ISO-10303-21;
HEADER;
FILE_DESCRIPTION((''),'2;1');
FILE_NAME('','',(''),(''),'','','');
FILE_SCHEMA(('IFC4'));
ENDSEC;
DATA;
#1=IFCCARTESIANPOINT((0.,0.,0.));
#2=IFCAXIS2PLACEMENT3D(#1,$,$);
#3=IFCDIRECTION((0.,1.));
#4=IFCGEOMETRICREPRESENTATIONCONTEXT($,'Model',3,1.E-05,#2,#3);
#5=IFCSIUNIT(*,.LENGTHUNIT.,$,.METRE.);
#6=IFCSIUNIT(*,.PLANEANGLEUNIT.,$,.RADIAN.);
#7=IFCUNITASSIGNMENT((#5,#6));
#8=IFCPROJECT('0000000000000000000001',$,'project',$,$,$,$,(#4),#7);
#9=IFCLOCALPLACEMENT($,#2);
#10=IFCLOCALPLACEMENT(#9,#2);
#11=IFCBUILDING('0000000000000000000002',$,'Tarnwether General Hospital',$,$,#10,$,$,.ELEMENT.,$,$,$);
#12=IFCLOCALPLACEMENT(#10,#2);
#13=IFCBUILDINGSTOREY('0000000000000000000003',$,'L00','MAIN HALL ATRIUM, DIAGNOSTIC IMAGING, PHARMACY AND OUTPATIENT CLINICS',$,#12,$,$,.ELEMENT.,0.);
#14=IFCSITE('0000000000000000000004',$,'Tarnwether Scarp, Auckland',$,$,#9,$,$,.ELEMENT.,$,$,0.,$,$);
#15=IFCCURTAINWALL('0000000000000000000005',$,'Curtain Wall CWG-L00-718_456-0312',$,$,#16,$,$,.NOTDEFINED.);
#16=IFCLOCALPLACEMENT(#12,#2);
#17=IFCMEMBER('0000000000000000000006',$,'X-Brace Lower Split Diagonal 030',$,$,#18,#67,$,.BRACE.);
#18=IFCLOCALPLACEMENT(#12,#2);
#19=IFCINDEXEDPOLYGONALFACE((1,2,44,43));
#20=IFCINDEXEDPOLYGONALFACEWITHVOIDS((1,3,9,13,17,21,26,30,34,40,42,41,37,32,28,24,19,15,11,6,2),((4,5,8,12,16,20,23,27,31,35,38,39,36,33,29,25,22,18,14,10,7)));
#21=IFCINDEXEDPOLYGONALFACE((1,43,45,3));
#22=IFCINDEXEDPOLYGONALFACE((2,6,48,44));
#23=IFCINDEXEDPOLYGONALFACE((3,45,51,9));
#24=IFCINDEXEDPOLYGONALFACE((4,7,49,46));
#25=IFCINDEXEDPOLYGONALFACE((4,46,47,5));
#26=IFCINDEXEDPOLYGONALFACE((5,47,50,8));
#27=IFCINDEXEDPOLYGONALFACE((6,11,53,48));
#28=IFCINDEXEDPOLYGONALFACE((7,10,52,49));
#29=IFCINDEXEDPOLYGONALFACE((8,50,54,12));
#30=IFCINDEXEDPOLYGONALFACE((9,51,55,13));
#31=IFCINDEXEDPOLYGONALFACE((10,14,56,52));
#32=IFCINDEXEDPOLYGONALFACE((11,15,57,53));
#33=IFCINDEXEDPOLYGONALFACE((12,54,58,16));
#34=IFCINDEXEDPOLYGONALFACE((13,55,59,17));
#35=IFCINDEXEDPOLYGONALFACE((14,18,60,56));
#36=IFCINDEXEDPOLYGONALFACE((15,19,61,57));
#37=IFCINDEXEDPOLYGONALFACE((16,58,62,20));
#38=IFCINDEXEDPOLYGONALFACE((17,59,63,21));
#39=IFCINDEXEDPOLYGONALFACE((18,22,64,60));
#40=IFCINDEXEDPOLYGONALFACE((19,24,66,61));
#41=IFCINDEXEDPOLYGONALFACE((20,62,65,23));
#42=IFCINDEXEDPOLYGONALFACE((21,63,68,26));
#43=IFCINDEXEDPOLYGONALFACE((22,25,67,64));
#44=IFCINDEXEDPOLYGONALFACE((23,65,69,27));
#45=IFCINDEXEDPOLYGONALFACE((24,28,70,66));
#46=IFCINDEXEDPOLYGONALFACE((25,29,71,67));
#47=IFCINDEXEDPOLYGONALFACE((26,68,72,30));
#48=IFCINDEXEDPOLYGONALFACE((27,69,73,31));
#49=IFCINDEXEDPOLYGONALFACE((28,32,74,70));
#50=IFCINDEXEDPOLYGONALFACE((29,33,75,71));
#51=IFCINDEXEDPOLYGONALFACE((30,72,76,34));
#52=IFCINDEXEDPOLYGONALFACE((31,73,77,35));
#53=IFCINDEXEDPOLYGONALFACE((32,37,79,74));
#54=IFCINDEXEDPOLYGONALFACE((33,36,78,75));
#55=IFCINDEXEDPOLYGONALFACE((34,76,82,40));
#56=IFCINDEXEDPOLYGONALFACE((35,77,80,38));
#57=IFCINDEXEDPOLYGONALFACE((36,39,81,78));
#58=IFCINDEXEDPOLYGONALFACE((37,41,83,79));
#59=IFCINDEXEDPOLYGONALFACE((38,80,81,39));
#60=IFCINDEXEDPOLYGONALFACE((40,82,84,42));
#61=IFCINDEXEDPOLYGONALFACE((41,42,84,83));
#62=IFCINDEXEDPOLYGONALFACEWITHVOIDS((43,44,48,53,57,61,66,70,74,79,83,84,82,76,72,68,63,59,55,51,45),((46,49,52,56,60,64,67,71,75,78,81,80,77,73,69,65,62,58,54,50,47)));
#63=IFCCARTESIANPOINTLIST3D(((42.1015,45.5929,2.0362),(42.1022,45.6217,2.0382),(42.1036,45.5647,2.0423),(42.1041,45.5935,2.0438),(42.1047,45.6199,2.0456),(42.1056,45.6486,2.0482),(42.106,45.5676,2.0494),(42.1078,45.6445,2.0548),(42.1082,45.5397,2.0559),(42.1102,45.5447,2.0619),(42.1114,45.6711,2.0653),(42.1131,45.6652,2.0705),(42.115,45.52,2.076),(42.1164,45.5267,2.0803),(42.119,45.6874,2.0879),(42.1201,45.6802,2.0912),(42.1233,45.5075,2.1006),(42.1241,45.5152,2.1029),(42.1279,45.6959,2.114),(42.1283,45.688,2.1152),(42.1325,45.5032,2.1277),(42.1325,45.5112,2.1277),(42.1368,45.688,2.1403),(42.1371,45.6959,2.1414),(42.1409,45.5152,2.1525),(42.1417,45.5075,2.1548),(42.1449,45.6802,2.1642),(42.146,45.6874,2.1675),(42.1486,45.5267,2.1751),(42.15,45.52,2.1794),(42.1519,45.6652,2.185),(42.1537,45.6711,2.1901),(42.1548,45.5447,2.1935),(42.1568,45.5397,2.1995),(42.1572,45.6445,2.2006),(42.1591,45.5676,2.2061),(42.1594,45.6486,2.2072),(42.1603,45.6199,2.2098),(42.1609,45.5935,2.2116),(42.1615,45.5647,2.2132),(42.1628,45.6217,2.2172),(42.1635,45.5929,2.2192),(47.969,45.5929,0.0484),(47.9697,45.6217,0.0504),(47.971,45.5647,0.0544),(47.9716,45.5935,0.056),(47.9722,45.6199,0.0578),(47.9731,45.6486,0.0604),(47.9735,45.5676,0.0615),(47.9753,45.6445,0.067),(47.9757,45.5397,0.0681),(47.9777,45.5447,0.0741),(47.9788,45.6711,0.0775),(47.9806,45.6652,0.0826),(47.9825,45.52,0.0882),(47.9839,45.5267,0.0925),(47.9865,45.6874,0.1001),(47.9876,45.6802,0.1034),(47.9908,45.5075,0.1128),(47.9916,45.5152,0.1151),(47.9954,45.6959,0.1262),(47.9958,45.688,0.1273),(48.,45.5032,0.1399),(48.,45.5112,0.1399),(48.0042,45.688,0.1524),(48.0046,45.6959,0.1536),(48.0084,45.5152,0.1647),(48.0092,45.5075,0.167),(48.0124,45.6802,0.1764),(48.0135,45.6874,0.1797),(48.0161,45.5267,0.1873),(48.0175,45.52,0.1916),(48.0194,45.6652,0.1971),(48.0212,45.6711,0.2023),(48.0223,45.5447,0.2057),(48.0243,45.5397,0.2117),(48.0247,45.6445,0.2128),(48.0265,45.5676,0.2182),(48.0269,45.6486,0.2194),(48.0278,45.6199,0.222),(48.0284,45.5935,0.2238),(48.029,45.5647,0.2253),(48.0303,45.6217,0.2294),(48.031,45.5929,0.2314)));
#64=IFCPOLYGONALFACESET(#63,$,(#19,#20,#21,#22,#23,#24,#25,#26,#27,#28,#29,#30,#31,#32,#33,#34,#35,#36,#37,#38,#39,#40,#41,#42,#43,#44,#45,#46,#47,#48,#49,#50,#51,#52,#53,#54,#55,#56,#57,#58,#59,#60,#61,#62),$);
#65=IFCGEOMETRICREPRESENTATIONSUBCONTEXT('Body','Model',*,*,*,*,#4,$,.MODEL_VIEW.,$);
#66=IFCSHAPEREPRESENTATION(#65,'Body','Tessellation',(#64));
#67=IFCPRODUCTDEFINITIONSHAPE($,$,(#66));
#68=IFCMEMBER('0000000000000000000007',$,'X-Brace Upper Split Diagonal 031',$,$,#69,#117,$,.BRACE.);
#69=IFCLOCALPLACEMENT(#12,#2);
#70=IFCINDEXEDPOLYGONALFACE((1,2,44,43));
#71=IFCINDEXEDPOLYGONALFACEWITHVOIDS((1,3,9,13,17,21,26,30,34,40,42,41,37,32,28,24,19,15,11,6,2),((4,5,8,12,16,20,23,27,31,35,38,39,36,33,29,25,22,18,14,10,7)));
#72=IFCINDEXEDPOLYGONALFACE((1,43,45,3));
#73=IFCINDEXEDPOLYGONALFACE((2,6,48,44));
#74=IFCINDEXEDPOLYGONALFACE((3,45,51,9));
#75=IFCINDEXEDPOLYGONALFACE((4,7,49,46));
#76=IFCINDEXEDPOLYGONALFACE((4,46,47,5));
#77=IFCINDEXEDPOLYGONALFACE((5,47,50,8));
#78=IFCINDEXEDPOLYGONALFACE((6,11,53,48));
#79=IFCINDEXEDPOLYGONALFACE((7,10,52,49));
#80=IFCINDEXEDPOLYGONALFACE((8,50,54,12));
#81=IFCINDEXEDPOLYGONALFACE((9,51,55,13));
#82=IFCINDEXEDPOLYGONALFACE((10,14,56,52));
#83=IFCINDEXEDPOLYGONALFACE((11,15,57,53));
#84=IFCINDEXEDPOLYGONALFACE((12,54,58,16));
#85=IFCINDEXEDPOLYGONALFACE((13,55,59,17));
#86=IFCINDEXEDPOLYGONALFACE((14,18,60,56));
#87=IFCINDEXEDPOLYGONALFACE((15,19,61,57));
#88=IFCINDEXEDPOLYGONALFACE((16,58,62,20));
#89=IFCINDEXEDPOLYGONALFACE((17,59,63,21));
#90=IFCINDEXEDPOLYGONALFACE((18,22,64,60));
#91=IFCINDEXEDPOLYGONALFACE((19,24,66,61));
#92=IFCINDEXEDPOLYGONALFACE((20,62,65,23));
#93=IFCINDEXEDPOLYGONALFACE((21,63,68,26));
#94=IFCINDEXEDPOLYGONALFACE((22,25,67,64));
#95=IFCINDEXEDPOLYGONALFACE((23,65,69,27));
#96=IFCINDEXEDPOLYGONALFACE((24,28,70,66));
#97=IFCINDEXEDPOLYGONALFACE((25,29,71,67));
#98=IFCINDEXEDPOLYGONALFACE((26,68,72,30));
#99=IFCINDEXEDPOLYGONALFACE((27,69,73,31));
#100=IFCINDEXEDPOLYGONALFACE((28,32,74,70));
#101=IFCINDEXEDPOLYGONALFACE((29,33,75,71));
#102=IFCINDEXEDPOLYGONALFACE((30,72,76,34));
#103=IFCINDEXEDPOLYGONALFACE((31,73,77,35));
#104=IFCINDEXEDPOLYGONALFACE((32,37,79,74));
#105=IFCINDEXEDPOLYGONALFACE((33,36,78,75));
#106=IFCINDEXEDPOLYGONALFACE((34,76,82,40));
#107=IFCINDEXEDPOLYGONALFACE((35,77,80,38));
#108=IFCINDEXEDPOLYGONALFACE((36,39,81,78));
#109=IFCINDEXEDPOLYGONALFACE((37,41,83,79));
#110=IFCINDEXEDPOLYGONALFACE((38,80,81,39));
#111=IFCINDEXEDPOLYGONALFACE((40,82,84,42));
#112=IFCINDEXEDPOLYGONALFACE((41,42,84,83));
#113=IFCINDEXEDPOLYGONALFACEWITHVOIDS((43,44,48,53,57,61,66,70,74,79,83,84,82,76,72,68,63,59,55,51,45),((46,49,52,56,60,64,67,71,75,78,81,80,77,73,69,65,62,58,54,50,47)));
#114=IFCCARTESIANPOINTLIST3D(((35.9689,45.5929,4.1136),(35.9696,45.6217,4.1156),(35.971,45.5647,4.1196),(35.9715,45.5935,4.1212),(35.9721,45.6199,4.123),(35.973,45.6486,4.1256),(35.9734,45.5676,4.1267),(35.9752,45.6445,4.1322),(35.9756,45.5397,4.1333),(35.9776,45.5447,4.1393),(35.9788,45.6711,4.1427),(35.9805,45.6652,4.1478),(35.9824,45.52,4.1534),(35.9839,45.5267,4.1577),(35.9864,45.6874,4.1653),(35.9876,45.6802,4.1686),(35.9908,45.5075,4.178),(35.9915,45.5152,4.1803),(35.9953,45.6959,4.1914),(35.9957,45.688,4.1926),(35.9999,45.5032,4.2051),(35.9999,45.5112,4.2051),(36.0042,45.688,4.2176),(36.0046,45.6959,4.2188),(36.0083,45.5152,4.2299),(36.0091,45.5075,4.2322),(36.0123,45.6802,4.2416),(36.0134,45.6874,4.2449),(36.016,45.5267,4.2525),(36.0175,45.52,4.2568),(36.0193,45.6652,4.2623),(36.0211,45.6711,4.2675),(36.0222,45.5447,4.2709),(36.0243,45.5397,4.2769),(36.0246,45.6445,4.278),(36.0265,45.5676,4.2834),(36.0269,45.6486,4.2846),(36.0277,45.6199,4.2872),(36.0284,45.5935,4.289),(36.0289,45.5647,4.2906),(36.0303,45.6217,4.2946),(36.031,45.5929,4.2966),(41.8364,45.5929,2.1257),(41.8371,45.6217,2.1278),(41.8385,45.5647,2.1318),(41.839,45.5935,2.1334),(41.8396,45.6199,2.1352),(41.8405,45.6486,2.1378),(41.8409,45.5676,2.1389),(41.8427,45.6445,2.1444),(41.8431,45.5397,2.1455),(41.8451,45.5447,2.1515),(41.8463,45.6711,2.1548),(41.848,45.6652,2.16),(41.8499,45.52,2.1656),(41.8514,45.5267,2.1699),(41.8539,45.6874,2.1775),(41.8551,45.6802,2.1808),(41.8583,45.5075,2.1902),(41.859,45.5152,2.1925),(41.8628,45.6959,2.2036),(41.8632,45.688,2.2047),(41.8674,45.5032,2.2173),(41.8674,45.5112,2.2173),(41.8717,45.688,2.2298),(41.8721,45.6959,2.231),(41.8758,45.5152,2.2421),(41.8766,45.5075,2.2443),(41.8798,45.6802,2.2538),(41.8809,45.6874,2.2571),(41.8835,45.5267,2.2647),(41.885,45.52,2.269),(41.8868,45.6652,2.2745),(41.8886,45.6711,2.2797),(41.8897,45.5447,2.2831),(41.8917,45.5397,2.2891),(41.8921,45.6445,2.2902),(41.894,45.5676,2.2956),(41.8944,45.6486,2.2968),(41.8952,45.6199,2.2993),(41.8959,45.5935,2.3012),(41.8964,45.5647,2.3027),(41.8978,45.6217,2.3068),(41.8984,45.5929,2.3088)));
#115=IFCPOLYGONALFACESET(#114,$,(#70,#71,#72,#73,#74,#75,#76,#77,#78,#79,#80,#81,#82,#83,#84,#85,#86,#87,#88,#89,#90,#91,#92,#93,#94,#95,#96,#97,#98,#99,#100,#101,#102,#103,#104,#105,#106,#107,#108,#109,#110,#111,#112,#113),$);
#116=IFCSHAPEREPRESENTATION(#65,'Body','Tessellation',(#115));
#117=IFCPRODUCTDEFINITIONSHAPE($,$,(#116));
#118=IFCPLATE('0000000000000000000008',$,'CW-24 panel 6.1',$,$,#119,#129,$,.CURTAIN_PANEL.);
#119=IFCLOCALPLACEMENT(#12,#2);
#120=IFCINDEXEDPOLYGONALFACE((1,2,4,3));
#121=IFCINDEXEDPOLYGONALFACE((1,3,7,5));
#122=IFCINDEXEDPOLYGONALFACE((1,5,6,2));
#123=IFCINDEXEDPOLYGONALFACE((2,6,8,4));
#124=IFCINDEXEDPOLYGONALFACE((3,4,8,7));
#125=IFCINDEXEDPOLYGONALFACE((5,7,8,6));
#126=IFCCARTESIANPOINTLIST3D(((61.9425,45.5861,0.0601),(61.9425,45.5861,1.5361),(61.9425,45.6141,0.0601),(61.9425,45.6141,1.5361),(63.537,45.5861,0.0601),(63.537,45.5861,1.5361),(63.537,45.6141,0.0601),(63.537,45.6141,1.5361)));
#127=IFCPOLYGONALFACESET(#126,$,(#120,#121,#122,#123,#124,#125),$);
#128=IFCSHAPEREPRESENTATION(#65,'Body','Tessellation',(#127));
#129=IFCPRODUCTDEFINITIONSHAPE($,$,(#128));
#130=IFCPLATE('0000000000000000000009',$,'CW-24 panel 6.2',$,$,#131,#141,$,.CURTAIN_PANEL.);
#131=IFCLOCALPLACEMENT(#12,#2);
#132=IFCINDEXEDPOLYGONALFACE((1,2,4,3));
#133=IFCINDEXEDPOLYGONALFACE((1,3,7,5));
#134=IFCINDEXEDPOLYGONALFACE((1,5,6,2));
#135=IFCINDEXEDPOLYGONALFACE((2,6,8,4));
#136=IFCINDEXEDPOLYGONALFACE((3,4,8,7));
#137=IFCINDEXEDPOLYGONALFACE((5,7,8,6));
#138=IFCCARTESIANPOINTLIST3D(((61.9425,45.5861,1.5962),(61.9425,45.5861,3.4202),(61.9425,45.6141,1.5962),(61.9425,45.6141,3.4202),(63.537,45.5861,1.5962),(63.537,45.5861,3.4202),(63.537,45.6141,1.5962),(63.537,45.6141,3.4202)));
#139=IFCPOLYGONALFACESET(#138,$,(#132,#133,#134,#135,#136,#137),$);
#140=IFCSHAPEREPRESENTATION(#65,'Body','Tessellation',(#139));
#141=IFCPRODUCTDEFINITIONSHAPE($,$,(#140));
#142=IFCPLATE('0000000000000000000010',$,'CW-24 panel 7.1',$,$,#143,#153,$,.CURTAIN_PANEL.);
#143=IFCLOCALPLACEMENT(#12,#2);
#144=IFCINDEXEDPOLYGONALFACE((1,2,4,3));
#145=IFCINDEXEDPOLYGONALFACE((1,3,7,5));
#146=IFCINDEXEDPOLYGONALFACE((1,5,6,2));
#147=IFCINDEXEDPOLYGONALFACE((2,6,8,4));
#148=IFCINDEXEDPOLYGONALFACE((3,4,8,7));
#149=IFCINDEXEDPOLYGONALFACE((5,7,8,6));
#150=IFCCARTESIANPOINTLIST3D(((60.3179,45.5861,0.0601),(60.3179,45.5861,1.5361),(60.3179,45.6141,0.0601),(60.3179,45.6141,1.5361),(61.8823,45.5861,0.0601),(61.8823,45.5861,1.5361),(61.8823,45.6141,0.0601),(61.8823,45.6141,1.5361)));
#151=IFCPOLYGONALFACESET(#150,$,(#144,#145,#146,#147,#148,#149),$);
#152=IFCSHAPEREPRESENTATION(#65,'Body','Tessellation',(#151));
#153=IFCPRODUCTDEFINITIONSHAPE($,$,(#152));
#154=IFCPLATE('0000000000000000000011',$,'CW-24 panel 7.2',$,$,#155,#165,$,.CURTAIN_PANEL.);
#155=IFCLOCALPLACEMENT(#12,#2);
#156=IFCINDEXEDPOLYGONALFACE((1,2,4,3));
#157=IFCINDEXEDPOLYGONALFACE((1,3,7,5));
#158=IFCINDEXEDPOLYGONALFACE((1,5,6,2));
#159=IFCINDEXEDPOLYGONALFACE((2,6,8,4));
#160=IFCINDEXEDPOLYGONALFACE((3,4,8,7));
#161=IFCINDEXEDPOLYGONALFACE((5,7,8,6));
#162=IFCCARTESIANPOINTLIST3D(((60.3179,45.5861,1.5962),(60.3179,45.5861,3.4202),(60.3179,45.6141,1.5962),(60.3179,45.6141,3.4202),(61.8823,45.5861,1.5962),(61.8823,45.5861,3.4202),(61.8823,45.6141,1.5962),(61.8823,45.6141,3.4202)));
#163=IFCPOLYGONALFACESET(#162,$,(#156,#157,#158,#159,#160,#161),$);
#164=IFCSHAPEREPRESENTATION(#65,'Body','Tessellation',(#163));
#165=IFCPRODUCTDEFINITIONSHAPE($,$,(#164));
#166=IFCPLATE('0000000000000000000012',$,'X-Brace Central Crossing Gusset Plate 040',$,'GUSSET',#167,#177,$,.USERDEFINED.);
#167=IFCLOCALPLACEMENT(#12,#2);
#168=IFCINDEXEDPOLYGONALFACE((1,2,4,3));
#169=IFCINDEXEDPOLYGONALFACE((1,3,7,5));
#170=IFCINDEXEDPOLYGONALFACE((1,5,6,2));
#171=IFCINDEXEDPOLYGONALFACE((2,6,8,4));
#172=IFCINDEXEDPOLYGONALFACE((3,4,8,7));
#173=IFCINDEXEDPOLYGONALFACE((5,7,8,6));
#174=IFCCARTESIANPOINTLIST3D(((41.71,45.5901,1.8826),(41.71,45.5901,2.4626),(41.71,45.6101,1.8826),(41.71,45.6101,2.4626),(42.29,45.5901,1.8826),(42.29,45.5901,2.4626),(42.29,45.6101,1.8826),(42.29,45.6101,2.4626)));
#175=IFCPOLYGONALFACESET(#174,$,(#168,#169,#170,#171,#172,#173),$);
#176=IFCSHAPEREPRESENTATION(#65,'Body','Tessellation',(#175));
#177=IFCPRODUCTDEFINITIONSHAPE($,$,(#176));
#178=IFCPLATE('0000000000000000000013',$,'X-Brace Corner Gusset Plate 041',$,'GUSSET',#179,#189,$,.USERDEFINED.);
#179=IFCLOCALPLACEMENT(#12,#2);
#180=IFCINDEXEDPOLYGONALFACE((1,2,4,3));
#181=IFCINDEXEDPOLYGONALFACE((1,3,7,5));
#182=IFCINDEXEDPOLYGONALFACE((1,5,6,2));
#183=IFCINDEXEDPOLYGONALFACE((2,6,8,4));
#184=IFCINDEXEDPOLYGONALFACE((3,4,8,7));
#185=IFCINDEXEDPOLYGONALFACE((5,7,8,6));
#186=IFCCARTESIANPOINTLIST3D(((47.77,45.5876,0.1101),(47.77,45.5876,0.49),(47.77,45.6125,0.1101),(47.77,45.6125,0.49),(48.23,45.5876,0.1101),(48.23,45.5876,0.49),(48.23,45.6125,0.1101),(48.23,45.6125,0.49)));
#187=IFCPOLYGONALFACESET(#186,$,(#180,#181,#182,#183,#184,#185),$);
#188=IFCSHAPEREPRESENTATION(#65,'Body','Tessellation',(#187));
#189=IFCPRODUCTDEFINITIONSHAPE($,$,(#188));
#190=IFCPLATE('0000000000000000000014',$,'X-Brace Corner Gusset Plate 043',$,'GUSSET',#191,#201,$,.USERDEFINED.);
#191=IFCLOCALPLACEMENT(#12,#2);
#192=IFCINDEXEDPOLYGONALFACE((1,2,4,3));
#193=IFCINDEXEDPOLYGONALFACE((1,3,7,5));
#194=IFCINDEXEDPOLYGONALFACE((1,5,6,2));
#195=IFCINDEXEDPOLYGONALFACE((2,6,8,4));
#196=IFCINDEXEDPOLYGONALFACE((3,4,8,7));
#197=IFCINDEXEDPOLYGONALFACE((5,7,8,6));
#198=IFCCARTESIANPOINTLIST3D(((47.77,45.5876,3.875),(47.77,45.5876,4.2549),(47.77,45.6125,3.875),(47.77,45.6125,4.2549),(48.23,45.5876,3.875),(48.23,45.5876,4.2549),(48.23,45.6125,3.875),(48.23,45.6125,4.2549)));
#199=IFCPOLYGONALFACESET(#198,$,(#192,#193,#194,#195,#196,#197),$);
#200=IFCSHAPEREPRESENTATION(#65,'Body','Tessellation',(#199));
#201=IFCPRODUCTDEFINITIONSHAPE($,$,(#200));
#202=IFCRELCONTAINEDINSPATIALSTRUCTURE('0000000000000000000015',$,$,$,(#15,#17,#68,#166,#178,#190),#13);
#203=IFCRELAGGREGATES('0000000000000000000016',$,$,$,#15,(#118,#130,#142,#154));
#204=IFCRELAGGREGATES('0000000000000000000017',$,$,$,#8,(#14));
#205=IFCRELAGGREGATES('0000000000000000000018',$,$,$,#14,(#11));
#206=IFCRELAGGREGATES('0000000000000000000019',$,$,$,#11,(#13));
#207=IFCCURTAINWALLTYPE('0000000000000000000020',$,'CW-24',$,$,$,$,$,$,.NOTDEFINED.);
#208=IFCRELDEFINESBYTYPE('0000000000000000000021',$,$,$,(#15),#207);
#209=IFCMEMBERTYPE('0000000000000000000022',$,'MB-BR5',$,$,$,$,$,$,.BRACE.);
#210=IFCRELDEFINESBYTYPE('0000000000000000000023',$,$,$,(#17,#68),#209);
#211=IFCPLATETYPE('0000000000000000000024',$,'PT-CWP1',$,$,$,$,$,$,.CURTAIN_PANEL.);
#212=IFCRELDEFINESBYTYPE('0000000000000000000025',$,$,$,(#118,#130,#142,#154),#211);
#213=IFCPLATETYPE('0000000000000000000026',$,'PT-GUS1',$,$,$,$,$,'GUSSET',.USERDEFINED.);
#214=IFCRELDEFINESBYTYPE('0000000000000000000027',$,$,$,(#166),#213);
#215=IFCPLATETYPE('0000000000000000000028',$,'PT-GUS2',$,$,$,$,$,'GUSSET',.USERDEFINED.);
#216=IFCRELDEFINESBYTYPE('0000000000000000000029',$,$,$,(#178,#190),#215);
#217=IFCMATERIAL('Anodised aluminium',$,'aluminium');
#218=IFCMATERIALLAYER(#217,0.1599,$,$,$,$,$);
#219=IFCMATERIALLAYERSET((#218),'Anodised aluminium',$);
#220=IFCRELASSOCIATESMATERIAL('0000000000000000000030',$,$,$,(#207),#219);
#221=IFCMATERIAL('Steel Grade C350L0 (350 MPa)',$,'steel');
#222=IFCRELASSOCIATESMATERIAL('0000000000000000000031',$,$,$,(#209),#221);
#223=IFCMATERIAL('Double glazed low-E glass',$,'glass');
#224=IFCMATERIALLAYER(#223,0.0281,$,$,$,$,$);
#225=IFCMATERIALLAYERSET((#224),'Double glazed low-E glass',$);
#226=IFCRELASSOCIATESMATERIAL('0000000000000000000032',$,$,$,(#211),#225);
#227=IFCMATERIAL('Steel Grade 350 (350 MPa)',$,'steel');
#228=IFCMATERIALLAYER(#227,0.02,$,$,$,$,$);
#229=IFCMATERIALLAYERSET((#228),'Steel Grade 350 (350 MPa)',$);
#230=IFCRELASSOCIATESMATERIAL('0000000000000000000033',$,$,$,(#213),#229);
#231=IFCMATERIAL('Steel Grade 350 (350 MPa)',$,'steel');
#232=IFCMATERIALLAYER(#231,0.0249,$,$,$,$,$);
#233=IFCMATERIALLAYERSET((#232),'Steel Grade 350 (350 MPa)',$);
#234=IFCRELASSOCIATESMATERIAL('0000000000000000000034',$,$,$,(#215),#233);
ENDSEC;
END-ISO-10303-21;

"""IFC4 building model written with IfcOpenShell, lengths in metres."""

from ifc_helpers import new_model, si_unit, direction, frame, origin, origin_2d, place, context, subcontext, project, spatial, rectangle, hollow_circle, extrude, material, layer, layer_set, material_profile, profile_set, type_object, element, aggregate, save


model = new_model("IFC4")

# Units and contexts
model_context = context("Model", 3, precision=1e-05, world=origin(), true_north=direction((0.0, 1.0)))
body_context = subcontext(model_context, "Body", "Model", "MODEL_VIEW")
ifc_project = project(units=[si_unit("LENGTHUNIT", "METRE"), si_unit("PLANEANGLEUNIT", "RADIAN")], contexts=[model_context])

# Site, building, storey
site_placement = place(None, origin())
site = spatial("IfcSite", under=ifc_project, at=site_placement, Name="Tarnwether Scarp, Auckland", CompositionType="ELEMENT", RefElevation=0.0)
building_placement = place(site_placement, origin())
building = spatial("IfcBuilding", under=site, at=building_placement, Name="Tarnwether General Hospital", CompositionType="ELEMENT")
storey_placement = place(building_placement, origin())
storey = spatial("IfcBuildingStorey", under=building, at=storey_placement, Name="L00", Description="MAIN HALL ATRIUM, DIAGNOSTIC IMAGING, PHARMACY AND OUTPATIENT CLINICS", CompositionType="ELEMENT", Elevation=0.0)

# Curtain wall
ifc_material_1 = material(Name="Anodised aluminium", Category="aluminium")
ifc_layer_1 = layer(ifc_material_1, 0.1599)
ifc_layer_set_1 = layer_set([ifc_layer_1], Name="Anodised aluminium")
curtain_wall_type = type_object("IfcCurtainWallType", Name="CW-24", PredefinedType="NOTDEFINED", material=ifc_layer_set_1)
curtain_wall_placement = place(storey_placement, origin())
curtain_wall = element("IfcCurtainWall", 1, at=curtain_wall_placement, inside=storey, type_object=curtain_wall_type, Name="Curtain Wall CWG-L00-718_456-0312", PredefinedType="NOTDEFINED")

# Members
ifc_material_2 = material(Name="Steel Grade C350L0 (350 MPa)", Category="steel")
ifc_material_profile_1 = material_profile(ifc_material_2, hollow_circle(Radius=0.0969, WallThickness=0.0081, at=origin_2d()), Name="CHS193.7x8.0")
ifc_profile_set_1 = profile_set([ifc_material_profile_1], Name="Steel Grade C350L0 (350 MPa)")
member_type_1 = type_object("IfcMemberType", Name="MB-BR5", PredefinedType="BRACE", material=ifc_profile_set_1)
for number, where, z_axis, x_axis, name in (
    (2, (48.0, 45.6001, 0.1399), (-0.947123, 0.0, 0.32087), (0.0, -1.0, 0.0), "X-Brace Lower Split Diagonal 030"),
    (3, (41.8674, 45.6001, 2.2173), (-0.947123, 0.0, 0.32087), (0.0, -1.0, 0.0), "X-Brace Upper Split Diagonal 031"),
):
    element("IfcMember", number, at=place(storey_placement, frame(where, z_axis=z_axis, x_axis=x_axis)), inside=storey, type_object=member_type_1, Name=name, PredefinedType="BRACE", context=body_context, shape_type="SweptSolid", body=[
        extrude(hollow_circle(Radius=0.0969, WallThickness=0.0081, at=origin_2d()), origin(), (0.0, 0.0, 1.0), 6.1951),
    ])

# Plates
ifc_material_3 = material(Name="Double glazed low-E glass", Category="glass")
ifc_layer_2 = layer(ifc_material_3, 0.0281)
ifc_layer_set_2 = layer_set([ifc_layer_2], Name="Double glazed low-E glass")
plate_type_1 = type_object("IfcPlateType", Name="PT-CWP1", PredefinedType="CURTAIN_PANEL", material=ifc_layer_set_2)
plate_1_placement = place(storey_placement, frame((62.7397, 45.6001, 0.0601), z_axis=(0.0, 0.0, 1.0), x_axis=(-1.0, 0.0, 0.0)))
plate_1 = element("IfcPlate", 4, at=plate_1_placement, type_object=plate_type_1, Name="CW-24 panel 6.1", PredefinedType="CURTAIN_PANEL", context=body_context, shape_type="SweptSolid", body=[
    extrude(rectangle(XDim=1.5945, YDim=0.0281, at=origin_2d()), origin(), (0.0, 0.0, 1.0), 1.4761),
])
plate_2_placement = place(storey_placement, frame((62.7397, 45.6001, 1.5962), z_axis=(0.0, 0.0, 1.0), x_axis=(-1.0, 0.0, 0.0)))
plate_2 = element("IfcPlate", 5, at=plate_2_placement, type_object=plate_type_1, Name="CW-24 panel 6.2", PredefinedType="CURTAIN_PANEL", context=body_context, shape_type="SweptSolid", body=[
    extrude(rectangle(XDim=1.5945, YDim=0.0281, at=origin_2d()), origin(), (0.0, 0.0, 1.0), 1.824),
])
plate_3_placement = place(storey_placement, frame((61.1001, 45.6001, 0.0601), z_axis=(0.0, 0.0, 1.0), x_axis=(-1.0, 0.0, 0.0)))
plate_3 = element("IfcPlate", 6, at=plate_3_placement, type_object=plate_type_1, Name="CW-24 panel 7.1", PredefinedType="CURTAIN_PANEL", context=body_context, shape_type="SweptSolid", body=[
    extrude(rectangle(XDim=1.5645, YDim=0.0281, at=origin_2d()), origin(), (0.0, 0.0, 1.0), 1.4761),
])
plate_4_placement = place(storey_placement, frame((61.1001, 45.6001, 1.5962), z_axis=(0.0, 0.0, 1.0), x_axis=(-1.0, 0.0, 0.0)))
plate_4 = element("IfcPlate", 7, at=plate_4_placement, type_object=plate_type_1, Name="CW-24 panel 7.2", PredefinedType="CURTAIN_PANEL", context=body_context, shape_type="SweptSolid", body=[
    extrude(rectangle(XDim=1.5645, YDim=0.0281, at=origin_2d()), origin(), (0.0, 0.0, 1.0), 1.824),
])
aggregate(curtain_wall, [plate_1, plate_2, plate_3, plate_4])

# Plates
ifc_material_4 = material(Name="Steel Grade 350 (350 MPa)", Category="steel")
ifc_layer_3 = layer(ifc_material_4, 0.02)
ifc_layer_set_3 = layer_set([ifc_layer_3], Name="Steel Grade 350 (350 MPa)")
plate_type_2 = type_object("IfcPlateType", Name="PT-GUS1", ElementType="GUSSET", PredefinedType="USERDEFINED", material=ifc_layer_set_3)
plate_5_placement = place(storey_placement, frame((42.0, 45.6001, 1.8826), z_axis=(0.0, 0.0, 1.0), x_axis=(1.0, 0.0, 0.0)))
element("IfcPlate", 8, at=plate_5_placement, inside=storey, type_object=plate_type_2, Name="X-Brace Central Crossing Gusset Plate 040", ObjectType="GUSSET", PredefinedType="USERDEFINED", context=body_context, shape_type="SweptSolid", body=[
    extrude(rectangle(XDim=0.5801, YDim=0.02, at=origin_2d()), origin(), (0.0, 0.0, 1.0), 0.5801),
])
ifc_material_5 = material(Name="Steel Grade 350 (350 MPa)", Category="steel")
ifc_layer_4 = layer(ifc_material_5, 0.0249)
ifc_layer_set_4 = layer_set([ifc_layer_4], Name="Steel Grade 350 (350 MPa)")
plate_type_3 = type_object("IfcPlateType", Name="PT-GUS2", ElementType="GUSSET", PredefinedType="USERDEFINED", material=ifc_layer_set_4)
for number, where, z_axis, x_axis, name in (
    (9, (48.0, 45.6001, 0.1101), (0.0, 0.0, 1.0), (1.0, 0.0, 0.0), "X-Brace Corner Gusset Plate 041"),
    (10, (48.0, 45.6001, 3.875), (0.0, 0.0, 1.0), (1.0, 0.0, 0.0), "X-Brace Corner Gusset Plate 043"),
):
    element("IfcPlate", number, at=place(storey_placement, frame(where, z_axis=z_axis, x_axis=x_axis)), inside=storey, type_object=plate_type_3, Name=name, ObjectType="GUSSET", PredefinedType="USERDEFINED", context=body_context, shape_type="SweptSolid", body=[
        extrude(rectangle(XDim=0.46, YDim=0.0249, at=origin_2d()), origin(), (0.0, 0.0, 1.0), 0.3799),
    ])

save(model, "model.ifc")
